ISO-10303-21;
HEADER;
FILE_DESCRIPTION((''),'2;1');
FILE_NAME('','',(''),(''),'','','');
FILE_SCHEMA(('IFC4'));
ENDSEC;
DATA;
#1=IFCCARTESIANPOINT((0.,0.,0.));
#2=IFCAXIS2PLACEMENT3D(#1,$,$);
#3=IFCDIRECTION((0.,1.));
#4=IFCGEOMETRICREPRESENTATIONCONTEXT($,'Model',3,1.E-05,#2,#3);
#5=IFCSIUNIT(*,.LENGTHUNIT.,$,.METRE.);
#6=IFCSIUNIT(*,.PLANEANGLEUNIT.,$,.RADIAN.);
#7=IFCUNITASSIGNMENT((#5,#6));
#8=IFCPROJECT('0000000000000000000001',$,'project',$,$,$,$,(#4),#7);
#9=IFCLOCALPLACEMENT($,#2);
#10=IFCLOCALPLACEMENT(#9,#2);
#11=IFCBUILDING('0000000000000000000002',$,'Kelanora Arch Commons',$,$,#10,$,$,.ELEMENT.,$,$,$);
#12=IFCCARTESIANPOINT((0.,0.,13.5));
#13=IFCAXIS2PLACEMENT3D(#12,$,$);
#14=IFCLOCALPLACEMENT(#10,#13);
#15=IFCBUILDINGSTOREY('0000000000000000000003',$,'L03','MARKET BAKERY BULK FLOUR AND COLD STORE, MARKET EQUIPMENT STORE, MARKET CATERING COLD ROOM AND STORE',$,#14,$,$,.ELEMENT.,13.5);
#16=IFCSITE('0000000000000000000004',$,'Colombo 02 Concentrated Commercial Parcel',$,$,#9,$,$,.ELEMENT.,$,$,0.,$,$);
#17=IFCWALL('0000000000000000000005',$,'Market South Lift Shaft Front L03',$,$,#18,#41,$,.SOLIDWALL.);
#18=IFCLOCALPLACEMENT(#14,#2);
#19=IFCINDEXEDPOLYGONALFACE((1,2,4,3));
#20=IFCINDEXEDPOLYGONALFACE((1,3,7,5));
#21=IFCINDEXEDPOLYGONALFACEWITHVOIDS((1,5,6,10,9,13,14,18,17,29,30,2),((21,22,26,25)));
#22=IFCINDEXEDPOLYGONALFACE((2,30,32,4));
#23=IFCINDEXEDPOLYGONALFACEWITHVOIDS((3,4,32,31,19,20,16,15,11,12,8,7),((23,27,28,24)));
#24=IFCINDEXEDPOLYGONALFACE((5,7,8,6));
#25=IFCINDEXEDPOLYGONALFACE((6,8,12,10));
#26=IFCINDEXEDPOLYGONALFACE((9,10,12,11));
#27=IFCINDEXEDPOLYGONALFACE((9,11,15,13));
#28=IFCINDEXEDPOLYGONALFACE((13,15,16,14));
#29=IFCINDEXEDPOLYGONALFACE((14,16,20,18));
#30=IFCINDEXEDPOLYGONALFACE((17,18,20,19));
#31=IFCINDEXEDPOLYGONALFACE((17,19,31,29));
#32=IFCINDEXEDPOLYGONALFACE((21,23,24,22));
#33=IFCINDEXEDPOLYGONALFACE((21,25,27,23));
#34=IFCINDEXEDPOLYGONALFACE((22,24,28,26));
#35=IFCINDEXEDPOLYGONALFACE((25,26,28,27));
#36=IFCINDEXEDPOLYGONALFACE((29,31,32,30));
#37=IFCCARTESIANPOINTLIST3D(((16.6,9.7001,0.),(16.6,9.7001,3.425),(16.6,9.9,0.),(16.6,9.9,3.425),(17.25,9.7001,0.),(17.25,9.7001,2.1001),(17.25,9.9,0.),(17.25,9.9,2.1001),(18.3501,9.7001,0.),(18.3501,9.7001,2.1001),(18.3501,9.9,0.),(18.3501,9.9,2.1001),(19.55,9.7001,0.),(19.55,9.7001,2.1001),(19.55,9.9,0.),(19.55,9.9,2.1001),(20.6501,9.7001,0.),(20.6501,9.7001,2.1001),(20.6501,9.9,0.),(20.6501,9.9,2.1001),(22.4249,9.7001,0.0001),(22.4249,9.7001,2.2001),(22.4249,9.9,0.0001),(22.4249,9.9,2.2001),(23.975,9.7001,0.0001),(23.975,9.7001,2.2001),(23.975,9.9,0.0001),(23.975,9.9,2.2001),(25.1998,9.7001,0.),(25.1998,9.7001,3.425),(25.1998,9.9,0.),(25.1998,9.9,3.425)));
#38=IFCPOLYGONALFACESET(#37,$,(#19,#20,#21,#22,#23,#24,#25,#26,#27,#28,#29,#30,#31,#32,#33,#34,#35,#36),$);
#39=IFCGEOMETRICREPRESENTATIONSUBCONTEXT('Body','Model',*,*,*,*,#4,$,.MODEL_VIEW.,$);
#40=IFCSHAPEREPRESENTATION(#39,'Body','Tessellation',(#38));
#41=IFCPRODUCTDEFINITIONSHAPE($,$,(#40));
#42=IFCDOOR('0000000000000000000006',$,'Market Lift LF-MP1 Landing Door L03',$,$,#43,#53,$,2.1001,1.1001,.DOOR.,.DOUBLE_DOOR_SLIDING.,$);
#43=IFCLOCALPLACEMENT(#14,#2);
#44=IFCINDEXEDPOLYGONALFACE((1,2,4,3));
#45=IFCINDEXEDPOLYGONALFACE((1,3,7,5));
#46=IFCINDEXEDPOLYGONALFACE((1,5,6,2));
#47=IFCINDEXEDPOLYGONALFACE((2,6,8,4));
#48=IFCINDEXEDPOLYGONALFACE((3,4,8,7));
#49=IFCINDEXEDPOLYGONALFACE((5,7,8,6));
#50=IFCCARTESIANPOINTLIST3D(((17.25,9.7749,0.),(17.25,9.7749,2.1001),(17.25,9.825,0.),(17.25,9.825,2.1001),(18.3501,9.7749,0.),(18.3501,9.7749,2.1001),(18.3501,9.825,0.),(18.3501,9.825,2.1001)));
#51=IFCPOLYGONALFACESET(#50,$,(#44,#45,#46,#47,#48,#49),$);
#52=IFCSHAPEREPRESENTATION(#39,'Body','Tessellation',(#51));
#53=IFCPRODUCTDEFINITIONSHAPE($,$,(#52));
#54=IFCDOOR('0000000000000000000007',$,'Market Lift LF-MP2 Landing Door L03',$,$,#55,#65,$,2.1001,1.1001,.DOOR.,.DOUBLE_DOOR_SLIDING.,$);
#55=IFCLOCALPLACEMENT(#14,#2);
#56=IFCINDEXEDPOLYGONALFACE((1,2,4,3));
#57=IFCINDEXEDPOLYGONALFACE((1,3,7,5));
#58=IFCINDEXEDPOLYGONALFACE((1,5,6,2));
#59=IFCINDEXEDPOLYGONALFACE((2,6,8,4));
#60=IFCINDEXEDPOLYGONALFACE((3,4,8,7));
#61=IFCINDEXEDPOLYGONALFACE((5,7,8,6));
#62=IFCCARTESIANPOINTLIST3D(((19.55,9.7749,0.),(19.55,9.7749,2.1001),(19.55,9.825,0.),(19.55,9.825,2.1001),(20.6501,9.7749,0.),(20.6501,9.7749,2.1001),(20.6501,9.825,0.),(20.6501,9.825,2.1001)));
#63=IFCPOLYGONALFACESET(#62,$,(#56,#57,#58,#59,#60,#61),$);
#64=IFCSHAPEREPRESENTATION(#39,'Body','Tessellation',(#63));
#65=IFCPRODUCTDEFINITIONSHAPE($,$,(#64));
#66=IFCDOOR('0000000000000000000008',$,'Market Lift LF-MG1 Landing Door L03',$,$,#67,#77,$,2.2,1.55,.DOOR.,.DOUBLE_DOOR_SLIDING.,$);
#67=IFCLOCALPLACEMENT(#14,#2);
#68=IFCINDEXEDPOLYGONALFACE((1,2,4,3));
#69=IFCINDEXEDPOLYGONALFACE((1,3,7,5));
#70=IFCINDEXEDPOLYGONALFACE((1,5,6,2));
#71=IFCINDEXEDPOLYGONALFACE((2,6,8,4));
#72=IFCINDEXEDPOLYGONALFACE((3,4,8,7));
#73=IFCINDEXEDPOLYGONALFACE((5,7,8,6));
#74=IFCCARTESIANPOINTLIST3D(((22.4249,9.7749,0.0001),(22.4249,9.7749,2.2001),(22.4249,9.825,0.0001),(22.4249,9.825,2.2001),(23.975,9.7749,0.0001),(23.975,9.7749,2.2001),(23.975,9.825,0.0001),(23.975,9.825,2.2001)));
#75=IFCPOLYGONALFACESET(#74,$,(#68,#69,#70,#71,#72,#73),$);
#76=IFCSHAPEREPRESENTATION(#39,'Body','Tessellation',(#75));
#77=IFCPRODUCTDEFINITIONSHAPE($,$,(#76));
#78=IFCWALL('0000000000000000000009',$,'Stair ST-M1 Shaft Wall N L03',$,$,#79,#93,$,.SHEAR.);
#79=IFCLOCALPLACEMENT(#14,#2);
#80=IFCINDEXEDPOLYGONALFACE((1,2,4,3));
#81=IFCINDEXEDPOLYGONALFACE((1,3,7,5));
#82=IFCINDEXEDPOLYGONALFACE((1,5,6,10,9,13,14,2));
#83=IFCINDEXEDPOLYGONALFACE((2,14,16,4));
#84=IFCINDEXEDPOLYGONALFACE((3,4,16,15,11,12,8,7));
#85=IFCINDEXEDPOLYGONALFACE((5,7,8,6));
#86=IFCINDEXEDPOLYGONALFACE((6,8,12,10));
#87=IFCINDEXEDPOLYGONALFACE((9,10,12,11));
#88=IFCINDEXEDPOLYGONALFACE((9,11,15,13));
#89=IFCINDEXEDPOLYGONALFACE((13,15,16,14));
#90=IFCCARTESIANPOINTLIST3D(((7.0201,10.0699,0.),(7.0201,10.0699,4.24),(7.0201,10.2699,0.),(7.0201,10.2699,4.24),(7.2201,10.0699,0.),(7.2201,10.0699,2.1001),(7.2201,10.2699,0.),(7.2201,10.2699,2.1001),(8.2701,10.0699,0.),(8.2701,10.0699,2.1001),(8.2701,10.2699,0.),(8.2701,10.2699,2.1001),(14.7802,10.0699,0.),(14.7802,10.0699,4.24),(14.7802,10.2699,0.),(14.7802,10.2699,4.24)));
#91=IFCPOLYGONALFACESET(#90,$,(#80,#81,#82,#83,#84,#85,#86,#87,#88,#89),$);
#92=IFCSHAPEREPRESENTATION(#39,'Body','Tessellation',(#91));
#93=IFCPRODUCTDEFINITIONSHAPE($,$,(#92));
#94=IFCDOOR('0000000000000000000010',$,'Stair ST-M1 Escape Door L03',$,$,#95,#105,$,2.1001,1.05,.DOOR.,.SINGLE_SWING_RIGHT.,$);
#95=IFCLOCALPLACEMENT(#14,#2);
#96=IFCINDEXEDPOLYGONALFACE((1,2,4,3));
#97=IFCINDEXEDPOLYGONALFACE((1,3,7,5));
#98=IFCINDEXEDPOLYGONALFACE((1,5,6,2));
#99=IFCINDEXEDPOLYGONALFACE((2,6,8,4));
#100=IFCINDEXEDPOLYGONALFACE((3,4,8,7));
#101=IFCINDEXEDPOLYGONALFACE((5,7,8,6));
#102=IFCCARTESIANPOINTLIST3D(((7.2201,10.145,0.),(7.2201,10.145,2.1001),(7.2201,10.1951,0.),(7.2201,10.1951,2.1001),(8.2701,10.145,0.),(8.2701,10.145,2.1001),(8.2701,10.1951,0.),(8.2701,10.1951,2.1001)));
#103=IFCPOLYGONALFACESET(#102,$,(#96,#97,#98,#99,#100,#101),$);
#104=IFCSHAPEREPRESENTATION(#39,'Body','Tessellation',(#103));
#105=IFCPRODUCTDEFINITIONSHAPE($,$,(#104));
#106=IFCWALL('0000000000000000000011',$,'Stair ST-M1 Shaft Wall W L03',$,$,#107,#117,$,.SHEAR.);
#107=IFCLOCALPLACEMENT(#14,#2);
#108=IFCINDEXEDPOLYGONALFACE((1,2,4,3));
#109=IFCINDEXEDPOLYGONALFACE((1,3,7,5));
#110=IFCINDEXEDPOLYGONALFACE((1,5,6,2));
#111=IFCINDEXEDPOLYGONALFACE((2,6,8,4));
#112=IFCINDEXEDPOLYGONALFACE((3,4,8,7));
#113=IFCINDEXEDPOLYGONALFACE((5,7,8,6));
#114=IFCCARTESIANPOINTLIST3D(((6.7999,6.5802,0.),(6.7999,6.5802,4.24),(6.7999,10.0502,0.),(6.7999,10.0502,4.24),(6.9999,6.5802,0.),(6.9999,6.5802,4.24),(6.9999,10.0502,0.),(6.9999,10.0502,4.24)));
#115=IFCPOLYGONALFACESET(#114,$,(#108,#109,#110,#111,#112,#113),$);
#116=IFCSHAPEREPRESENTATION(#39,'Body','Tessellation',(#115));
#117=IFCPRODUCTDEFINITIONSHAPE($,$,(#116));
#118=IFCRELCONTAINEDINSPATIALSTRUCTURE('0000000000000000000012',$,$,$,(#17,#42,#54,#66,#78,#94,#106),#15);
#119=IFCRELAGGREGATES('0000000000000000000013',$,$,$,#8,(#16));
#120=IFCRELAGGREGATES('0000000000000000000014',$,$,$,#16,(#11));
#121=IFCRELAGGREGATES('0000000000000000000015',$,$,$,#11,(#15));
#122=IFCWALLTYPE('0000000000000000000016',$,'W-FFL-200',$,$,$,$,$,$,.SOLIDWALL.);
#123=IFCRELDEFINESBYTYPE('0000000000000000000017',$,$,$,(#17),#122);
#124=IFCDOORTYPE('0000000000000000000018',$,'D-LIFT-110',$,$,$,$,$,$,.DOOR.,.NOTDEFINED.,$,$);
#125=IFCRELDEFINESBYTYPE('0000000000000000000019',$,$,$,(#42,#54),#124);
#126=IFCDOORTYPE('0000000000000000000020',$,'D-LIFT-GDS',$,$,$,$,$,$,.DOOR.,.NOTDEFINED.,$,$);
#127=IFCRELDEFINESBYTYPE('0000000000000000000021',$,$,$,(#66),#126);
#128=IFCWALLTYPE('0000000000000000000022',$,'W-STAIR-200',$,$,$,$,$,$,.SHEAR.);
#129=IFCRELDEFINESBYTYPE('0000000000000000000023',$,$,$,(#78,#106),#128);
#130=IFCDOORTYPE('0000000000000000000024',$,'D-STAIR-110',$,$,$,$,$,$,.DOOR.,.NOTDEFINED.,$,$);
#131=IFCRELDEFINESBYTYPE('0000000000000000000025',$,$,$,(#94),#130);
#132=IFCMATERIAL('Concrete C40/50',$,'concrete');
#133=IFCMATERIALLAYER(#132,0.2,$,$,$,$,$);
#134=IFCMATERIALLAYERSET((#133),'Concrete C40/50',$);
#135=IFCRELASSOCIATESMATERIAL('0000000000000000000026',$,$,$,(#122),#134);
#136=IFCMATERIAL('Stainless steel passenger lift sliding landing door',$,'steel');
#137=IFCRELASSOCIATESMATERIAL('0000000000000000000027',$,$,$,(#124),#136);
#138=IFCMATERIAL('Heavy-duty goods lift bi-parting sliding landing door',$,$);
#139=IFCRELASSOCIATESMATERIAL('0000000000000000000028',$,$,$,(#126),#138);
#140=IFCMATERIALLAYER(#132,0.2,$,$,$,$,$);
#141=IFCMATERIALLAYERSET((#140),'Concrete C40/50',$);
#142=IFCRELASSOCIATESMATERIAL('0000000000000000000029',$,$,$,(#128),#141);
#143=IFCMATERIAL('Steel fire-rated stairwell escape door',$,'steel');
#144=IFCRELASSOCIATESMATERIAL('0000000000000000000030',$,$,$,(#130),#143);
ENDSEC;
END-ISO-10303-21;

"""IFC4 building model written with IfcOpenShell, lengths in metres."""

from ifc_helpers import new_model, si_unit, direction, frame, frame_2d, origin, place, context, subcontext, project, spatial, rectangle, extrude, material, layer, layer_set, type_object, element, fill, save


model = new_model("IFC4")

# Units and contexts
model_context = context("Model", 3, precision=1e-05, world=origin(), true_north=direction((0.0, 1.0)))
body_context = subcontext(model_context, "Body", "Model", "MODEL_VIEW")
ifc_project = project(units=[si_unit("LENGTHUNIT", "METRE"), si_unit("PLANEANGLEUNIT", "RADIAN")], contexts=[model_context])

# Site, building, storey
site_placement = place(None, origin())
site = spatial("IfcSite", under=ifc_project, at=site_placement, Name="Colombo 02 Concentrated Commercial Parcel", CompositionType="ELEMENT", RefElevation=0.0)
building_placement = place(site_placement, origin())
building = spatial("IfcBuilding", under=site, at=building_placement, Name="Kelanora Arch Commons", CompositionType="ELEMENT")
storey_placement = place(building_placement, frame((0.0, 0.0, 13.5)))
storey = spatial("IfcBuildingStorey", under=building, at=storey_placement, Name="L03", Description="MARKET BAKERY BULK FLOUR AND COLD STORE, MARKET EQUIPMENT STORE, MARKET CATERING COLD ROOM AND STORE", CompositionType="ELEMENT", Elevation=13.5)

# Shared definitions
ifc_material_1 = material(Name="Concrete C40/50", Category="concrete")

# Wall, openings, doors
ifc_layer_1 = layer(ifc_material_1, 0.2)
ifc_layer_set_1 = layer_set([ifc_layer_1], Name="Concrete C40/50")
wall_type_1 = type_object("IfcWallType", Name="W-FFL-200", PredefinedType="SOLIDWALL", material=ifc_layer_set_1)
wall_1_placement = place(storey_placement, frame((16.6001, 9.8, 0.0), z_axis=(0.0, 0.0, 1.0), x_axis=(1.0, 0.0, 0.0)))
wall_1 = element("IfcWall", 1, at=wall_1_placement, inside=storey, type_object=wall_type_1, Name="Market South Lift Shaft Front L03", PredefinedType="SOLIDWALL", context=body_context, shape_type="SweptSolid", body=[
    extrude(rectangle(XDim=8.5999, YDim=0.2, at=frame_2d((4.2998, 0.0))), origin(), (0.0, 0.0, 1.0), 3.425),
])
opening_1_placement = place(wall_1_placement, frame((0.6499, 0.0, 0.0)))
opening_1 = element("IfcOpeningElement", 2, at=opening_1_placement, cuts=wall_1, PredefinedType="OPENING", context=body_context, shape_type="SweptSolid", body=[
    extrude(rectangle(XDim=1.1001, YDim=2.1001, at=frame_2d((0.55, 1.05))), frame((0.0, 0.1099, 0.0), z_axis=(0.0, -1.0, 0.0), x_axis=(1.0, 0.0, 0.0)), (0.0, 0.0, 1.0), 0.22),
])
opening_2_placement = place(wall_1_placement, frame((2.95, 0.0, 0.0)))
opening_2 = element("IfcOpeningElement", 3, at=opening_2_placement, cuts=wall_1, PredefinedType="OPENING", context=body_context, shape_type="SweptSolid", body=[
    extrude(rectangle(XDim=1.1001, YDim=2.1001, at=frame_2d((0.55, 1.05))), frame((0.0, 0.1099, 0.0), z_axis=(0.0, -1.0, 0.0), x_axis=(1.0, 0.0, 0.0)), (0.0, 0.0, 1.0), 0.22),
])
opening_3_placement = place(wall_1_placement, frame((5.825, 0.0, 0.0)))
opening_3 = element("IfcOpeningElement", 4, at=opening_3_placement, cuts=wall_1, PredefinedType="OPENING", context=body_context, shape_type="SweptSolid", body=[
    extrude(rectangle(XDim=1.55, YDim=2.2, at=frame_2d((0.7749, 1.1001))), frame((0.0, 0.1099, 0.0), z_axis=(0.0, -1.0, 0.0), x_axis=(1.0, 0.0, 0.0)), (0.0, 0.0, 1.0), 0.22),
])
ifc_material_2 = material(Name="Stainless steel passenger lift sliding landing door", Category="steel")
door_type_1 = type_object("IfcDoorType", Name="D-LIFT-110", OperationType="NOTDEFINED", PredefinedType="DOOR", material=ifc_material_2)
door_1_placement = place(opening_1_placement, origin())
door_1 = element("IfcDoor", 5, at=door_1_placement, inside=storey, type_object=door_type_1, Name="Market Lift LF-MP1 Landing Door L03", OperationType="DOUBLE_DOOR_SLIDING", OverallHeight=2.1001, OverallWidth=1.1001, PredefinedType="DOOR", context=body_context, shape_type="SweptSolid", body=[
    extrude(rectangle(XDim=1.1001, YDim=2.1001, at=frame_2d((0.55, 1.05))), frame((0.0, 0.0249, 0.0), z_axis=(0.0, -1.0, 0.0), x_axis=(1.0, 0.0, 0.0)), (0.0, 0.0, 1.0), 0.05),
])
fill(opening_1, door_1)
door_2_placement = place(opening_2_placement, origin())
door_2 = element("IfcDoor", 6, at=door_2_placement, inside=storey, type_object=door_type_1, Name="Market Lift LF-MP2 Landing Door L03", OperationType="DOUBLE_DOOR_SLIDING", OverallHeight=2.1001, OverallWidth=1.1001, PredefinedType="DOOR", context=body_context, shape_type="SweptSolid", body=[
    extrude(rectangle(XDim=1.1001, YDim=2.1001, at=frame_2d((0.55, 1.05))), frame((0.0, 0.0249, 0.0), z_axis=(0.0, -1.0, 0.0), x_axis=(1.0, 0.0, 0.0)), (0.0, 0.0, 1.0), 0.05),
])
fill(opening_2, door_2)
ifc_material_3 = material(Name="Heavy-duty goods lift bi-parting sliding landing door")
door_type_2 = type_object("IfcDoorType", Name="D-LIFT-GDS", OperationType="NOTDEFINED", PredefinedType="DOOR", material=ifc_material_3)
door_3_placement = place(opening_3_placement, origin())
door_3 = element("IfcDoor", 7, at=door_3_placement, inside=storey, type_object=door_type_2, Name="Market Lift LF-MG1 Landing Door L03", OperationType="DOUBLE_DOOR_SLIDING", OverallHeight=2.2, OverallWidth=1.55, PredefinedType="DOOR", context=body_context, shape_type="SweptSolid", body=[
    extrude(rectangle(XDim=1.55, YDim=2.2, at=frame_2d((0.7749, 1.1001))), frame((0.0, 0.0249, 0.0), z_axis=(0.0, -1.0, 0.0), x_axis=(1.0, 0.0, 0.0)), (0.0, 0.0, 1.0), 0.05),
])
fill(opening_3, door_3)

# Wall, opening, door
ifc_layer_2 = layer(ifc_material_1, 0.2)
ifc_layer_set_2 = layer_set([ifc_layer_2], Name="Concrete C40/50")
wall_type_2 = type_object("IfcWallType", Name="W-STAIR-200", PredefinedType="SHEAR", material=ifc_layer_set_2)
wall_2_placement = place(storey_placement, frame((14.78, 10.1699, 0.0), z_axis=(0.0, 0.0, 1.0), x_axis=(-1.0, 0.0, 0.0)))
wall_2 = element("IfcWall", 8, at=wall_2_placement, inside=storey, type_object=wall_type_2, Name="Stair ST-M1 Shaft Wall N L03", PredefinedType="SHEAR", context=body_context, shape_type="SweptSolid", body=[
    extrude(rectangle(XDim=7.76, YDim=0.2, at=frame_2d((3.8799, 0.0))), origin(), (0.0, 0.0, 1.0), 4.24),
])
opening_4_placement = place(wall_2_placement, frame((6.51, 0.0, 0.0)))
opening_4 = element("IfcOpeningElement", 9, at=opening_4_placement, cuts=wall_2, PredefinedType="OPENING", context=body_context, shape_type="SweptSolid", body=[
    extrude(rectangle(XDim=1.05, YDim=2.1001, at=frame_2d((0.5249, 1.05))), frame((0.0, 0.1099, 0.0), z_axis=(0.0, -1.0, 0.0), x_axis=(1.0, 0.0, 0.0)), (0.0, 0.0, 1.0), 0.22),
])
ifc_material_4 = material(Name="Steel fire-rated stairwell escape door", Category="steel")
door_type_3 = type_object("IfcDoorType", Name="D-STAIR-110", OperationType="NOTDEFINED", PredefinedType="DOOR", material=ifc_material_4)
door_4_placement = place(opening_4_placement, origin())
door_4 = element("IfcDoor", 10, at=door_4_placement, inside=storey, type_object=door_type_3, Name="Stair ST-M1 Escape Door L03", OperationType="SINGLE_SWING_RIGHT", OverallHeight=2.1001, OverallWidth=1.05, PredefinedType="DOOR", context=body_context, shape_type="SweptSolid", body=[
    extrude(rectangle(XDim=1.05, YDim=2.1001, at=frame_2d((0.5249, 1.05))), frame((0.0, 0.0249, 0.0), z_axis=(0.0, -1.0, 0.0), x_axis=(1.0, 0.0, 0.0)), (0.0, 0.0, 1.0), 0.05),
])
fill(opening_4, door_4)

# Wall
wall_3_placement = place(storey_placement, frame((6.8999, 10.05, 0.0), z_axis=(0.0, 0.0, 1.0), x_axis=(0.0, -1.0, 0.0)))
element("IfcWall", 11, at=wall_3_placement, inside=storey, type_object=wall_type_2, Name="Stair ST-M1 Shaft Wall W L03", PredefinedType="SHEAR", context=body_context, shape_type="SweptSolid", body=[
    extrude(rectangle(XDim=3.47, YDim=0.2, at=frame_2d((1.7349, 0.0))), origin(), (0.0, 0.0, 1.0), 4.24),
])

save(model, "model.ifc")
